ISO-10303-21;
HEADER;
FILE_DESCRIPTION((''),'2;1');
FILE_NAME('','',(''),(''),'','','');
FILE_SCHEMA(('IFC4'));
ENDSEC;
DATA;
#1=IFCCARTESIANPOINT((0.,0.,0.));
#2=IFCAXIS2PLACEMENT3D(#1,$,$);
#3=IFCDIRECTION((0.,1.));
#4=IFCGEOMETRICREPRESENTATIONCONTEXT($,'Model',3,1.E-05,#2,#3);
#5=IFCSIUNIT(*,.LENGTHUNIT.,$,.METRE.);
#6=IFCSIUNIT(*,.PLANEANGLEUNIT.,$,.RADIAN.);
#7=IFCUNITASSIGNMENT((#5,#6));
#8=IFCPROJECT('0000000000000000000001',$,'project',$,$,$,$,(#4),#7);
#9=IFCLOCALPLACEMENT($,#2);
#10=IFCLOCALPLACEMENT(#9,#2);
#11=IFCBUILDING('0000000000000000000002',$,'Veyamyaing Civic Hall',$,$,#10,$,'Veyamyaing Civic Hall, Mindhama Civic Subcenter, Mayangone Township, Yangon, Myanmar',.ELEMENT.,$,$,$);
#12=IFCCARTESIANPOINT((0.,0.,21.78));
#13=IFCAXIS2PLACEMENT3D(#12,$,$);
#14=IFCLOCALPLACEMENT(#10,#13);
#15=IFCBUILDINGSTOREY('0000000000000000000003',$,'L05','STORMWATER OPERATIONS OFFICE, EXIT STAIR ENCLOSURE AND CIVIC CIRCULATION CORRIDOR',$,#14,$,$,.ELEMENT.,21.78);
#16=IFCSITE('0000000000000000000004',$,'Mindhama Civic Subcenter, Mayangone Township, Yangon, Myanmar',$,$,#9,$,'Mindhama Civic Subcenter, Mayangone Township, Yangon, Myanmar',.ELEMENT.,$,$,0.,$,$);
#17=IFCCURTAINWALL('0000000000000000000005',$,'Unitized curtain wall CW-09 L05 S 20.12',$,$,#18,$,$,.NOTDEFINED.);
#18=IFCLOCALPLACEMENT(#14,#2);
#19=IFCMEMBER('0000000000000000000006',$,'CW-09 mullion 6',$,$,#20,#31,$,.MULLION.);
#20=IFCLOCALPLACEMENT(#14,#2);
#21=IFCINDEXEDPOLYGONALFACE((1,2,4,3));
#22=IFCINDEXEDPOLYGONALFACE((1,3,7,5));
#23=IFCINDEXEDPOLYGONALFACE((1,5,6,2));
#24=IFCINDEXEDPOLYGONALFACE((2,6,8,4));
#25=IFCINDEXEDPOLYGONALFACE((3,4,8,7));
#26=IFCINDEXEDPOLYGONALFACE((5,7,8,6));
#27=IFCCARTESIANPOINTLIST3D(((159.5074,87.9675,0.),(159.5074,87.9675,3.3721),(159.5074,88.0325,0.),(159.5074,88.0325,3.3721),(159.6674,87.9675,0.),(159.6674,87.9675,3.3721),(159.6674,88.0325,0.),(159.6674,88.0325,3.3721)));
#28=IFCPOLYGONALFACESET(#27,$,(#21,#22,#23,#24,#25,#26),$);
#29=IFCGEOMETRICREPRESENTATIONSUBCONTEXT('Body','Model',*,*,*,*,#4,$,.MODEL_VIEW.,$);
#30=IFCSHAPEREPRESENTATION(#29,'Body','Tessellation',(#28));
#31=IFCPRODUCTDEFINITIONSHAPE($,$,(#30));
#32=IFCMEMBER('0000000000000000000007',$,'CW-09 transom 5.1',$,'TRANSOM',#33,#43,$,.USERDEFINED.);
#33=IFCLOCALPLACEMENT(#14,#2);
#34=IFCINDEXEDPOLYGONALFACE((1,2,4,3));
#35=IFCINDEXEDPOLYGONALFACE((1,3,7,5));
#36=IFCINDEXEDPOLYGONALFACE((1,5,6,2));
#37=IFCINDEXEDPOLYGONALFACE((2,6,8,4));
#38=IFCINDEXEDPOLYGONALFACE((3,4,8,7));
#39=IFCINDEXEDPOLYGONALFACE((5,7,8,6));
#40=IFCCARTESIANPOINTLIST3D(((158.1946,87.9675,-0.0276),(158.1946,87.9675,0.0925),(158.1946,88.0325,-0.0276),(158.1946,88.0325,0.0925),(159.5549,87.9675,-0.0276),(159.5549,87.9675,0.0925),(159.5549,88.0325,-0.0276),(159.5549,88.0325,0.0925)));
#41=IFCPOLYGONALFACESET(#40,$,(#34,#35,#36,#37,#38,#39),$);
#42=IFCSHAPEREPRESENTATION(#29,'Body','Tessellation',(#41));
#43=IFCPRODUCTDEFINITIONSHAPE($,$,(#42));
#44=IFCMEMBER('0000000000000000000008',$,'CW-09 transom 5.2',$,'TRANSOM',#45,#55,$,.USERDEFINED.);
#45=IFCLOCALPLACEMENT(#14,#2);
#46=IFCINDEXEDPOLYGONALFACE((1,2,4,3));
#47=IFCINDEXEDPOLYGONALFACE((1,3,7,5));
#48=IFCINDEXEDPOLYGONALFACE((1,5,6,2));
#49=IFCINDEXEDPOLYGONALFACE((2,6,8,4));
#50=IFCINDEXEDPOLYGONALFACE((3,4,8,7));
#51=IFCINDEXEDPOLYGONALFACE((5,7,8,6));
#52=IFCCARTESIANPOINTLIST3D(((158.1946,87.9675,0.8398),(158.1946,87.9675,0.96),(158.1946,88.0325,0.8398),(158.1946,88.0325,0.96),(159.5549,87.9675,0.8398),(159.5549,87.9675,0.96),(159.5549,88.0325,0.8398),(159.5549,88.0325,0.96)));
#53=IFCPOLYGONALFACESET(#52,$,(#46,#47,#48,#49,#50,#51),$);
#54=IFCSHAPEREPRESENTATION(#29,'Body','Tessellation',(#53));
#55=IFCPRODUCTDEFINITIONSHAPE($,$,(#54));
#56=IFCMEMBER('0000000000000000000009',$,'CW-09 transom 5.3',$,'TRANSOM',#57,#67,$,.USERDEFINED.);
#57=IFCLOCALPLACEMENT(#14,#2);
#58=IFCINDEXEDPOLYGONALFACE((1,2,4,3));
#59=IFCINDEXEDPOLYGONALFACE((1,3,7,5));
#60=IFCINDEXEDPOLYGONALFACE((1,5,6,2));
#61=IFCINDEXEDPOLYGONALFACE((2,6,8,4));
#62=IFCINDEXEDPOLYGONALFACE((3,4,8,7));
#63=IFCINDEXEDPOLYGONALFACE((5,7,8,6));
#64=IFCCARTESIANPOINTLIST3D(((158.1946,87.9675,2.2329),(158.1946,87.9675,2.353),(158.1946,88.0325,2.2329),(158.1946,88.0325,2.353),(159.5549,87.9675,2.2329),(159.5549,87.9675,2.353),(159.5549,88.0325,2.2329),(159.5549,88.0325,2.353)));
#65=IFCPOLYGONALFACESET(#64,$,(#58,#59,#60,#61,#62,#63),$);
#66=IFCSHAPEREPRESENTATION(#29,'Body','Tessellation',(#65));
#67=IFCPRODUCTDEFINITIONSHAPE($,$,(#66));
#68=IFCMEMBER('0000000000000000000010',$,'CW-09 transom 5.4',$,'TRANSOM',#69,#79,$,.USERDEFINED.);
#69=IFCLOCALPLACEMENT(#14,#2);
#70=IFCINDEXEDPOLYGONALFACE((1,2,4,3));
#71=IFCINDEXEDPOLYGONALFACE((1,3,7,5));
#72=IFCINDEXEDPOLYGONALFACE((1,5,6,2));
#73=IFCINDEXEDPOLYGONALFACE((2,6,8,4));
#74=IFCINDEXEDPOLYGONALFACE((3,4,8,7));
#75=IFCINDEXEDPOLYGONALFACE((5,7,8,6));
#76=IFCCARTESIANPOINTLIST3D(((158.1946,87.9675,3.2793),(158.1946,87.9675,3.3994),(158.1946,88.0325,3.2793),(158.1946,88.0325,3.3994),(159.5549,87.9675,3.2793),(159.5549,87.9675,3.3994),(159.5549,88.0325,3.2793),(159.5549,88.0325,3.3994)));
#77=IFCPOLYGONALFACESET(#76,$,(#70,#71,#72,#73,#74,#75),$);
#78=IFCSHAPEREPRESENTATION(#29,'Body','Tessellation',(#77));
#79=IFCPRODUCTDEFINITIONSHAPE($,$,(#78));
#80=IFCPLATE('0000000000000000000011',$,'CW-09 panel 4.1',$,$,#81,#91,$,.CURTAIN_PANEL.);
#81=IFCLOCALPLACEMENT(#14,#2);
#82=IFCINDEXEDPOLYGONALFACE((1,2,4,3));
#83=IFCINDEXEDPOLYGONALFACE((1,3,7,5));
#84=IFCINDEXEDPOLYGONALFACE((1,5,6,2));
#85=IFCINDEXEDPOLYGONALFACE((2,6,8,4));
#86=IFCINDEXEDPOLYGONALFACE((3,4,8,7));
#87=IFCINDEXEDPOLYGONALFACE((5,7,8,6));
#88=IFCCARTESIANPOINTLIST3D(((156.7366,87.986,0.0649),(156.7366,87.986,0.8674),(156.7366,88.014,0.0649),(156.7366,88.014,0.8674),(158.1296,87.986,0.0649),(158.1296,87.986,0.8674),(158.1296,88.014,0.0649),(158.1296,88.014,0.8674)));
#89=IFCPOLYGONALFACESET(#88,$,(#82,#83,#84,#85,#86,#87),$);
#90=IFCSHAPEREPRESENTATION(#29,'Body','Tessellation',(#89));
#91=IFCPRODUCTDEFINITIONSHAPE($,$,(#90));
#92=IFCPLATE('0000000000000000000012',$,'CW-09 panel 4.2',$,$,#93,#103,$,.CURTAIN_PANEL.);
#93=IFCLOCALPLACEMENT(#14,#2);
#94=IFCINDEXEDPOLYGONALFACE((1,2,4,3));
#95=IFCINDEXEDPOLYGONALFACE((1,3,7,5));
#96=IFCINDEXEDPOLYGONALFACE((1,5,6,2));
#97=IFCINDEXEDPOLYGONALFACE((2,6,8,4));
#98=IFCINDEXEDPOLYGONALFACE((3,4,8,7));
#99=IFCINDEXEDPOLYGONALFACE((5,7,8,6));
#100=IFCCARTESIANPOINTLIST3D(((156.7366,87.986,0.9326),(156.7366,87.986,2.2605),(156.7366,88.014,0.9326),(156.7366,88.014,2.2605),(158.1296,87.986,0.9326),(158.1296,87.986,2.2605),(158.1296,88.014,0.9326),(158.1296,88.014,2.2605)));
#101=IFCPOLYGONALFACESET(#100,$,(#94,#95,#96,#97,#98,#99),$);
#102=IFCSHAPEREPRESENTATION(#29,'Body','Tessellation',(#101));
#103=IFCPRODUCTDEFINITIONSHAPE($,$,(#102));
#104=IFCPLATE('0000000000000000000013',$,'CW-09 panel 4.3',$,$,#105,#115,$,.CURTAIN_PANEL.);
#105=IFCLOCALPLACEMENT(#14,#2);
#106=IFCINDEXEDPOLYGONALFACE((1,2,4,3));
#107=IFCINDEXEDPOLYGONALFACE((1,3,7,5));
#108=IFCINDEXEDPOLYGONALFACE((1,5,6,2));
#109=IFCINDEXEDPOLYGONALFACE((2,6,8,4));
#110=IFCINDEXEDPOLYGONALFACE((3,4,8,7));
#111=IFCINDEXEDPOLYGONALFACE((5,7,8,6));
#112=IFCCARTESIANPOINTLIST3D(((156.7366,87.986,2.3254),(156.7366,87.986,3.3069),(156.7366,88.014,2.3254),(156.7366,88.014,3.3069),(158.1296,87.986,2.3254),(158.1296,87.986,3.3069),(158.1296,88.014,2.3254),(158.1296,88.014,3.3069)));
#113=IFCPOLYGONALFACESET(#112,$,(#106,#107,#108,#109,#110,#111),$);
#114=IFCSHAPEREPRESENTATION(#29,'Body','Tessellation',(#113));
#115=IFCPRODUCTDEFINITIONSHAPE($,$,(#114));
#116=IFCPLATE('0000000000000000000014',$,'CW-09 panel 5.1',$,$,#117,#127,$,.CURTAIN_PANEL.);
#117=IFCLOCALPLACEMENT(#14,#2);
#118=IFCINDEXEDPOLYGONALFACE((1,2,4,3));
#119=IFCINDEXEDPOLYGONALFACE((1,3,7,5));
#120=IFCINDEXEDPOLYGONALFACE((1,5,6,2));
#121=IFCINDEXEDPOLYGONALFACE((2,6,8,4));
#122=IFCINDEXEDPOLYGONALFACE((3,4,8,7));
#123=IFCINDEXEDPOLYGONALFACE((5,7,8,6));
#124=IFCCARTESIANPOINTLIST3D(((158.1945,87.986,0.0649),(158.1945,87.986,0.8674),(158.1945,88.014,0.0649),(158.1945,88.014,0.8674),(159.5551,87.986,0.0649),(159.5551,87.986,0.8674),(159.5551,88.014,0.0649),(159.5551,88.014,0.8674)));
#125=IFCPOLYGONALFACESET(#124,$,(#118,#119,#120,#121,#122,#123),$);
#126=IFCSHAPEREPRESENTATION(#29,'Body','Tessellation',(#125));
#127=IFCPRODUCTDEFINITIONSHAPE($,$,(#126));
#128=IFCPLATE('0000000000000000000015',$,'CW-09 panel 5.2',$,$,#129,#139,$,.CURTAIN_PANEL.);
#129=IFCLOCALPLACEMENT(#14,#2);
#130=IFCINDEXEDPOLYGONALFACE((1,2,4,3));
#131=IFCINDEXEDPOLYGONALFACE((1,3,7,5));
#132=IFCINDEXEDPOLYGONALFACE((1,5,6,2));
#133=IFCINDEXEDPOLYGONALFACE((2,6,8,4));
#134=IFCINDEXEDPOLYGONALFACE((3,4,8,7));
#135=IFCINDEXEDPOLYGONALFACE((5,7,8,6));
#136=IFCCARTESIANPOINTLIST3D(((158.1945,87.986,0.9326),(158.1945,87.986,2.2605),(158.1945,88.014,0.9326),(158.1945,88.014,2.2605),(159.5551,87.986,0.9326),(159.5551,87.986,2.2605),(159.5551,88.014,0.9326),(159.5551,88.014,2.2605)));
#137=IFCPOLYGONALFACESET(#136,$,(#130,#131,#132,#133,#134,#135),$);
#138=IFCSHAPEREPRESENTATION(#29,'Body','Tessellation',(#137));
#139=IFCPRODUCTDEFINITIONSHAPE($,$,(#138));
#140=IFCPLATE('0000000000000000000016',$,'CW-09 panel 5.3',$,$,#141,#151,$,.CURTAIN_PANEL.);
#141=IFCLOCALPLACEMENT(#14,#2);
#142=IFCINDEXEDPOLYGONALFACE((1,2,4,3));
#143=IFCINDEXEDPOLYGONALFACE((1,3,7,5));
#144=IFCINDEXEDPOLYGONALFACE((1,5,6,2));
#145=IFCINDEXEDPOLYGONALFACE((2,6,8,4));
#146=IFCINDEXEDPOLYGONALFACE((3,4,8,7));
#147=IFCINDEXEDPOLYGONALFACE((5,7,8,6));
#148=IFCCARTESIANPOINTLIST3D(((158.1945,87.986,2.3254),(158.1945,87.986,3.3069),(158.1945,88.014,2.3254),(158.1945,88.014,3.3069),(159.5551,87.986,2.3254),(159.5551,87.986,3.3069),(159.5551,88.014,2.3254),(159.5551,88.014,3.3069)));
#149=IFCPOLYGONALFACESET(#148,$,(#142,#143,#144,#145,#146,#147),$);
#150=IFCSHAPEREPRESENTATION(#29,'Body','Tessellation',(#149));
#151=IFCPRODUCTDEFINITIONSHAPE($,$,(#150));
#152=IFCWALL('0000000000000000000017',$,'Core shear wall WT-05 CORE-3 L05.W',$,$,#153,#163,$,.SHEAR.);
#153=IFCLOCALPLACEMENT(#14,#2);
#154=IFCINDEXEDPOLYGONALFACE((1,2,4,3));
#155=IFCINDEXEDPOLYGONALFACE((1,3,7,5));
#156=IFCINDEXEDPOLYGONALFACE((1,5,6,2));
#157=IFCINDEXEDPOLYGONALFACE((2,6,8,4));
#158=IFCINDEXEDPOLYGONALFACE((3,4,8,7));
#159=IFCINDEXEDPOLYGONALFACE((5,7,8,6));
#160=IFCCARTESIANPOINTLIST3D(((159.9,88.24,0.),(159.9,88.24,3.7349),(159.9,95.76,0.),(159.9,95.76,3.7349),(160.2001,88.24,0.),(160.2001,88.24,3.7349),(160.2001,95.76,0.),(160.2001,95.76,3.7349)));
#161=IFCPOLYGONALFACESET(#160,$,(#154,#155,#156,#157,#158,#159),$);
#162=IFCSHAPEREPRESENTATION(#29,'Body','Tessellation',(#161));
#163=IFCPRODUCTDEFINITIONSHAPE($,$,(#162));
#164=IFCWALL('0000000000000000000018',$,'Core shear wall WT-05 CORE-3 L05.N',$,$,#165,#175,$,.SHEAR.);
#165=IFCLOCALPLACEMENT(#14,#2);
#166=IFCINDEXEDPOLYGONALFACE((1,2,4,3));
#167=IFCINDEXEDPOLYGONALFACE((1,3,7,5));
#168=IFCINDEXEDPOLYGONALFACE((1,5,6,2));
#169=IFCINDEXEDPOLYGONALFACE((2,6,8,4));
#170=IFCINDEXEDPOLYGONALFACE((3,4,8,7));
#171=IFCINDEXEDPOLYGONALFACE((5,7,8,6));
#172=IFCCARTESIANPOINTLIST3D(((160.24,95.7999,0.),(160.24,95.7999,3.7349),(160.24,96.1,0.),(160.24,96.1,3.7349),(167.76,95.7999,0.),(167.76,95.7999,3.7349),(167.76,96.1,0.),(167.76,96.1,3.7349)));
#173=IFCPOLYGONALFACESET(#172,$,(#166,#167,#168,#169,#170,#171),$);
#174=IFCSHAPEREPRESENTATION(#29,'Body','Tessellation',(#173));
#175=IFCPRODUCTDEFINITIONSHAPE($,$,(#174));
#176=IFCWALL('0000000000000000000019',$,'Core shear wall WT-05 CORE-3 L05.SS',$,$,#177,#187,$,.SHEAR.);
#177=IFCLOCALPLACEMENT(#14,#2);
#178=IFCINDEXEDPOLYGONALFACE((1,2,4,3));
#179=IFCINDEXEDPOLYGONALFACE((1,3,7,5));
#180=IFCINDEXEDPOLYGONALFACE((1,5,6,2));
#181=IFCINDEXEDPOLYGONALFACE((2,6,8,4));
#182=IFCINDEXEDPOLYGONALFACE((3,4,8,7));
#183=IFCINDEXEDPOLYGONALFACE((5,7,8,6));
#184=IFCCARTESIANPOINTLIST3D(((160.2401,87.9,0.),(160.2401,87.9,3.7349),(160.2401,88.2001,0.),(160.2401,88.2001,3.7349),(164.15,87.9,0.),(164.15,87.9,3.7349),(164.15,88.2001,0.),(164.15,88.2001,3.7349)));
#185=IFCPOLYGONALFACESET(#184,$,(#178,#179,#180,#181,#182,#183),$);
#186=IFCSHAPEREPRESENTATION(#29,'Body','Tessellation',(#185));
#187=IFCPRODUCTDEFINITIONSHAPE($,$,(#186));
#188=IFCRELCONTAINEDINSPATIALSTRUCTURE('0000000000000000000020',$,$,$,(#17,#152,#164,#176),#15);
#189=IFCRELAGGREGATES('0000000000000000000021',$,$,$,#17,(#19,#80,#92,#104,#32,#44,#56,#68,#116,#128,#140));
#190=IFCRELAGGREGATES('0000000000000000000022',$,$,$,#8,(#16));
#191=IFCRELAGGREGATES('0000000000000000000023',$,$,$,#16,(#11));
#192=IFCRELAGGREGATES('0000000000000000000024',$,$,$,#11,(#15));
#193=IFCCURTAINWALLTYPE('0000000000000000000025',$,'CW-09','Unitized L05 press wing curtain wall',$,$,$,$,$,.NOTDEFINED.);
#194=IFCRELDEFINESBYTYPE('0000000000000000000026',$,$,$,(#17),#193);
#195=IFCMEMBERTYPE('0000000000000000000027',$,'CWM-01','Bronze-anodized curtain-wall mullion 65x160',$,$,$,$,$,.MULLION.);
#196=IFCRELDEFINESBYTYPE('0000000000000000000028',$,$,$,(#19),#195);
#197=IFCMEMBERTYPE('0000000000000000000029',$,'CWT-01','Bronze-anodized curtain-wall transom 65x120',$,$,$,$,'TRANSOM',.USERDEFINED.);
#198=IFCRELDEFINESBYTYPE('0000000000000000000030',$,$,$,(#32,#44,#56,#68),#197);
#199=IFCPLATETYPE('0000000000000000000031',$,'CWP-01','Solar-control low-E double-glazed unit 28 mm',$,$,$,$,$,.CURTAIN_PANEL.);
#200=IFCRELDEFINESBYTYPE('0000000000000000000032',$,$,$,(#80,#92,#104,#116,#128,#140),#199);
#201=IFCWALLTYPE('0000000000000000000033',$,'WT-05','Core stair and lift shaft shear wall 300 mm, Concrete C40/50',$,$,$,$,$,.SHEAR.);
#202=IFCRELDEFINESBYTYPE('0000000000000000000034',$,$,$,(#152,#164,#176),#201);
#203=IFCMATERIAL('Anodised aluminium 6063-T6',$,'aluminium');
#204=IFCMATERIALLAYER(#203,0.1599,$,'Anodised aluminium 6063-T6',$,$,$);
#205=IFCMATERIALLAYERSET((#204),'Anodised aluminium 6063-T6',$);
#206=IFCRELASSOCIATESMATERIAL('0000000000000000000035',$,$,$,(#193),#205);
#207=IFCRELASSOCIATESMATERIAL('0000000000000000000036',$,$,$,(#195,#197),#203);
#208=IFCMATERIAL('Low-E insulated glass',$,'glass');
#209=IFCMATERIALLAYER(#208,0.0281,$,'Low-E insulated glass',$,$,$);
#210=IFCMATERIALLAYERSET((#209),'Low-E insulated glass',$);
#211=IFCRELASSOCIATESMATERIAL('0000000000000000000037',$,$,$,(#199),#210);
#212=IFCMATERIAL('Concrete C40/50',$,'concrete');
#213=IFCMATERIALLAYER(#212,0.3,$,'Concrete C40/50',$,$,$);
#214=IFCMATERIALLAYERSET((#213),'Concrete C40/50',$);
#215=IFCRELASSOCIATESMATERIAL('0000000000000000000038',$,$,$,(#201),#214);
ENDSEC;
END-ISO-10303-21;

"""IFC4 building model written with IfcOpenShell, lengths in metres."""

from ifc_helpers import new_model, si_unit, direction, frame, frame_2d, origin, origin_2d, place, context, subcontext, project, spatial, rectangle, extrude, material, layer, layer_set, material_profile, profile_set, type_object, element, aggregate, save


model = new_model("IFC4")

# Units and contexts
model_context = context("Model", 3, precision=1e-05, world=origin(), true_north=direction((0.0, 1.0)))
body_context = subcontext(model_context, "Body", "Model", "MODEL_VIEW")
ifc_project = project(units=[si_unit("LENGTHUNIT", "METRE"), si_unit("PLANEANGLEUNIT", "RADIAN")], contexts=[model_context])

# Site, building, storey
site_placement = place(None, origin())
site = spatial("IfcSite", under=ifc_project, at=site_placement, Name="Mindhama Civic Subcenter, Mayangone Township, Yangon, Myanmar", LongName="Mindhama Civic Subcenter, Mayangone Township, Yangon, Myanmar", CompositionType="ELEMENT", RefElevation=0.0)
building_placement = place(site_placement, origin())
building = spatial("IfcBuilding", under=site, at=building_placement, Name="Veyamyaing Civic Hall", LongName="Veyamyaing Civic Hall, Mindhama Civic Subcenter, Mayangone Township, Yangon, Myanmar", CompositionType="ELEMENT")
storey_placement = place(building_placement, frame((0.0, 0.0, 21.78)))
storey = spatial("IfcBuildingStorey", under=building, at=storey_placement, Name="L05", Description="STORMWATER OPERATIONS OFFICE, EXIT STAIR ENCLOSURE AND CIVIC CIRCULATION CORRIDOR", CompositionType="ELEMENT", Elevation=21.78)

# Curtain wall, members, plates
ifc_material_1 = material(Name="Anodised aluminium 6063-T6", Category="aluminium")
ifc_layer_1 = layer(ifc_material_1, 0.1599, Name="Anodised aluminium 6063-T6")
ifc_layer_set_1 = layer_set([ifc_layer_1], Name="Anodised aluminium 6063-T6")
curtain_wall_type = type_object("IfcCurtainWallType", Name="CW-09", Description="Unitized L05 press wing curtain wall", PredefinedType="NOTDEFINED", material=ifc_layer_set_1)
curtain_wall_placement = place(storey_placement, origin())
curtain_wall = element("IfcCurtainWall", 1, at=curtain_wall_placement, inside=storey, type_object=curtain_wall_type, Name="Unitized curtain wall CW-09 L05 S 20.12", PredefinedType="NOTDEFINED")
ifc_material_profile_1 = material_profile(ifc_material_1, rectangle(XDim=0.0649, YDim=0.1599, at=origin_2d()), Name="ALU-MUL-65X160")
ifc_profile_set_1 = profile_set([ifc_material_profile_1], Name="Anodised aluminium 6063-T6")
member_type_1 = type_object("IfcMemberType", Name="CWM-01", Description="Bronze-anodized curtain-wall mullion 65x160", PredefinedType="MULLION", material=ifc_profile_set_1)
member_1_placement = place(storey_placement, frame((159.5874, 88.0, 0.0), z_axis=(0.0, 0.0, 1.0), x_axis=(0.0, 1.0, 0.0)))
member_1 = element("IfcMember", 2, at=member_1_placement, type_object=member_type_1, Name="CW-09 mullion 6", PredefinedType="MULLION", context=body_context, shape_type="SweptSolid", body=[
    extrude(rectangle(XDim=0.0649, YDim=0.1599, at=origin_2d()), origin(), (0.0, 0.0, 1.0), 3.3721),
])
ifc_material_profile_2 = material_profile(ifc_material_1, rectangle(XDim=0.0649, YDim=0.1201, at=origin_2d()), Name="ALU-TRN-65X120")
ifc_profile_set_2 = profile_set([ifc_material_profile_2], Name="Anodised aluminium 6063-T6")
member_type_2 = type_object("IfcMemberType", Name="CWT-01", Description="Bronze-anodized curtain-wall transom 65x120", ElementType="TRANSOM", PredefinedType="USERDEFINED", material=ifc_profile_set_2)
member_2_placement = place(storey_placement, frame((158.1946, 88.0, 0.0325), z_axis=(1.0, 0.0, 0.0), x_axis=(0.0, 1.0, 0.0)))
member_2 = element("IfcMember", 3, at=member_2_placement, type_object=member_type_2, Name="CW-09 transom 5.1", ObjectType="TRANSOM", PredefinedType="USERDEFINED", context=body_context, shape_type="SweptSolid", body=[
    extrude(rectangle(XDim=0.0649, YDim=0.1201, at=origin_2d()), origin(), (0.0, 0.0, 1.0), 1.3604),
])
member_3_placement = place(storey_placement, frame((158.1946, 88.0, 0.8999), z_axis=(1.0, 0.0, 0.0), x_axis=(0.0, 1.0, 0.0)))
member_3 = element("IfcMember", 4, at=member_3_placement, type_object=member_type_2, Name="CW-09 transom 5.2", ObjectType="TRANSOM", PredefinedType="USERDEFINED", context=body_context, shape_type="SweptSolid", body=[
    extrude(rectangle(XDim=0.0649, YDim=0.1201, at=origin_2d()), origin(), (0.0, 0.0, 1.0), 1.3604),
])
member_4_placement = place(storey_placement, frame((158.1946, 88.0, 2.293), z_axis=(1.0, 0.0, 0.0), x_axis=(0.0, 1.0, 0.0)))
member_4 = element("IfcMember", 5, at=member_4_placement, type_object=member_type_2, Name="CW-09 transom 5.3", ObjectType="TRANSOM", PredefinedType="USERDEFINED", context=body_context, shape_type="SweptSolid", body=[
    extrude(rectangle(XDim=0.0649, YDim=0.1201, at=origin_2d()), origin(), (0.0, 0.0, 1.0), 1.3604),
])
member_5_placement = place(storey_placement, frame((158.1946, 88.0, 3.3394), z_axis=(1.0, 0.0, 0.0), x_axis=(0.0, 1.0, 0.0)))
member_5 = element("IfcMember", 6, at=member_5_placement, type_object=member_type_2, Name="CW-09 transom 5.4", ObjectType="TRANSOM", PredefinedType="USERDEFINED", context=body_context, shape_type="SweptSolid", body=[
    extrude(rectangle(XDim=0.0649, YDim=0.1201, at=origin_2d()), origin(), (0.0, 0.0, 1.0), 1.3604),
])
ifc_material_2 = material(Name="Low-E insulated glass", Category="glass")
ifc_layer_2 = layer(ifc_material_2, 0.0281, Name="Low-E insulated glass")
ifc_layer_set_2 = layer_set([ifc_layer_2], Name="Low-E insulated glass")
plate_type = type_object("IfcPlateType", Name="CWP-01", Description="Solar-control low-E double-glazed unit 28 mm", PredefinedType="CURTAIN_PANEL", material=ifc_layer_set_2)
plate_1_placement = place(storey_placement, frame((157.4331, 88.0, 0.0649), z_axis=(0.0, 0.0, 1.0), x_axis=(1.0, 0.0, 0.0)))
plate_1 = element("IfcPlate", 7, at=plate_1_placement, type_object=plate_type, Name="CW-09 panel 4.1", PredefinedType="CURTAIN_PANEL", context=body_context, shape_type="SweptSolid", body=[
    extrude(rectangle(XDim=1.3931, YDim=0.0281, at=origin_2d()), origin(), (0.0, 0.0, 1.0), 0.8025),
])
plate_2_placement = place(storey_placement, frame((157.4331, 88.0, 0.9326), z_axis=(0.0, 0.0, 1.0), x_axis=(1.0, 0.0, 0.0)))
plate_2 = element("IfcPlate", 8, at=plate_2_placement, type_object=plate_type, Name="CW-09 panel 4.2", PredefinedType="CURTAIN_PANEL", context=body_context, shape_type="SweptSolid", body=[
    extrude(rectangle(XDim=1.3931, YDim=0.0281, at=origin_2d()), origin(), (0.0, 0.0, 1.0), 1.3279),
])
plate_3_placement = place(storey_placement, frame((157.4331, 88.0, 2.3254), z_axis=(0.0, 0.0, 1.0), x_axis=(1.0, 0.0, 0.0)))
plate_3 = element("IfcPlate", 9, at=plate_3_placement, type_object=plate_type, Name="CW-09 panel 4.3", PredefinedType="CURTAIN_PANEL", context=body_context, shape_type="SweptSolid", body=[
    extrude(rectangle(XDim=1.3931, YDim=0.0281, at=origin_2d()), origin(), (0.0, 0.0, 1.0), 0.9814),
])
plate_4_placement = place(storey_placement, frame((158.8748, 88.0, 0.0649), z_axis=(0.0, 0.0, 1.0), x_axis=(1.0, 0.0, 0.0)))
plate_4 = element("IfcPlate", 10, at=plate_4_placement, type_object=plate_type, Name="CW-09 panel 5.1", PredefinedType="CURTAIN_PANEL", context=body_context, shape_type="SweptSolid", body=[
    extrude(rectangle(XDim=1.3606, YDim=0.0281, at=origin_2d()), origin(), (0.0, 0.0, 1.0), 0.8025),
])
plate_5_placement = place(storey_placement, frame((158.8748, 88.0, 0.9326), z_axis=(0.0, 0.0, 1.0), x_axis=(1.0, 0.0, 0.0)))
plate_5 = element("IfcPlate", 11, at=plate_5_placement, type_object=plate_type, Name="CW-09 panel 5.2", PredefinedType="CURTAIN_PANEL", context=body_context, shape_type="SweptSolid", body=[
    extrude(rectangle(XDim=1.3606, YDim=0.0281, at=origin_2d()), origin(), (0.0, 0.0, 1.0), 1.3279),
])
plate_6_placement = place(storey_placement, frame((158.8748, 88.0, 2.3254), z_axis=(0.0, 0.0, 1.0), x_axis=(1.0, 0.0, 0.0)))
plate_6 = element("IfcPlate", 12, at=plate_6_placement, type_object=plate_type, Name="CW-09 panel 5.3", PredefinedType="CURTAIN_PANEL", context=body_context, shape_type="SweptSolid", body=[
    extrude(rectangle(XDim=1.3606, YDim=0.0281, at=origin_2d()), origin(), (0.0, 0.0, 1.0), 0.9814),
])
aggregate(curtain_wall, [member_1, plate_1, plate_2, plate_3, member_2, member_3, member_4, member_5, plate_4, plate_5, plate_6])

# Walls
ifc_material_3 = material(Name="Concrete C40/50", Category="concrete")
ifc_layer_3 = layer(ifc_material_3, 0.3, Name="Concrete C40/50")
ifc_layer_set_3 = layer_set([ifc_layer_3], Name="Concrete C40/50")
wall_type_1 = type_object("IfcWallType", Name="WT-05", Description="Core stair and lift shaft shear wall 300 mm, Concrete C40/50", PredefinedType="SHEAR", material=ifc_layer_set_3)
for number, where, z_axis, x_axis, name in (
    (13, (160.05, 88.24, 0.0), (0.0, 0.0, 1.0), (0.0, 1.0, 0.0), "Core shear wall WT-05 CORE-3 L05.W"),
    (14, (160.24, 95.95, 0.0), (0.0, 0.0, 1.0), (1.0, 0.0, 0.0), "Core shear wall WT-05 CORE-3 L05.N"),
):
    element("IfcWall", number, at=place(storey_placement, frame(where, z_axis=z_axis, x_axis=x_axis)), inside=storey, type_object=wall_type_1, Name=name, PredefinedType="SHEAR", context=body_context, shape_type="SweptSolid", body=[
        extrude(rectangle(XDim=7.52, YDim=0.3, at=frame_2d((3.76, 0.0))), origin(), (0.0, 0.0, 1.0), 3.7349),
    ])
wall_1_placement = place(storey_placement, frame((160.24, 88.05, 0.0), z_axis=(0.0, 0.0, 1.0), x_axis=(1.0, 0.0, 0.0)))
element("IfcWall", 15, at=wall_1_placement, inside=storey, type_object=wall_type_1, Name="Core shear wall WT-05 CORE-3 L05.SS", PredefinedType="SHEAR", context=body_context, shape_type="SweptSolid", body=[
    extrude(rectangle(XDim=3.9099, YDim=0.3, at=frame_2d((1.9551, 0.0))), origin(), (0.0, 0.0, 1.0), 3.7349),
])

save(model, "model.ifc")
